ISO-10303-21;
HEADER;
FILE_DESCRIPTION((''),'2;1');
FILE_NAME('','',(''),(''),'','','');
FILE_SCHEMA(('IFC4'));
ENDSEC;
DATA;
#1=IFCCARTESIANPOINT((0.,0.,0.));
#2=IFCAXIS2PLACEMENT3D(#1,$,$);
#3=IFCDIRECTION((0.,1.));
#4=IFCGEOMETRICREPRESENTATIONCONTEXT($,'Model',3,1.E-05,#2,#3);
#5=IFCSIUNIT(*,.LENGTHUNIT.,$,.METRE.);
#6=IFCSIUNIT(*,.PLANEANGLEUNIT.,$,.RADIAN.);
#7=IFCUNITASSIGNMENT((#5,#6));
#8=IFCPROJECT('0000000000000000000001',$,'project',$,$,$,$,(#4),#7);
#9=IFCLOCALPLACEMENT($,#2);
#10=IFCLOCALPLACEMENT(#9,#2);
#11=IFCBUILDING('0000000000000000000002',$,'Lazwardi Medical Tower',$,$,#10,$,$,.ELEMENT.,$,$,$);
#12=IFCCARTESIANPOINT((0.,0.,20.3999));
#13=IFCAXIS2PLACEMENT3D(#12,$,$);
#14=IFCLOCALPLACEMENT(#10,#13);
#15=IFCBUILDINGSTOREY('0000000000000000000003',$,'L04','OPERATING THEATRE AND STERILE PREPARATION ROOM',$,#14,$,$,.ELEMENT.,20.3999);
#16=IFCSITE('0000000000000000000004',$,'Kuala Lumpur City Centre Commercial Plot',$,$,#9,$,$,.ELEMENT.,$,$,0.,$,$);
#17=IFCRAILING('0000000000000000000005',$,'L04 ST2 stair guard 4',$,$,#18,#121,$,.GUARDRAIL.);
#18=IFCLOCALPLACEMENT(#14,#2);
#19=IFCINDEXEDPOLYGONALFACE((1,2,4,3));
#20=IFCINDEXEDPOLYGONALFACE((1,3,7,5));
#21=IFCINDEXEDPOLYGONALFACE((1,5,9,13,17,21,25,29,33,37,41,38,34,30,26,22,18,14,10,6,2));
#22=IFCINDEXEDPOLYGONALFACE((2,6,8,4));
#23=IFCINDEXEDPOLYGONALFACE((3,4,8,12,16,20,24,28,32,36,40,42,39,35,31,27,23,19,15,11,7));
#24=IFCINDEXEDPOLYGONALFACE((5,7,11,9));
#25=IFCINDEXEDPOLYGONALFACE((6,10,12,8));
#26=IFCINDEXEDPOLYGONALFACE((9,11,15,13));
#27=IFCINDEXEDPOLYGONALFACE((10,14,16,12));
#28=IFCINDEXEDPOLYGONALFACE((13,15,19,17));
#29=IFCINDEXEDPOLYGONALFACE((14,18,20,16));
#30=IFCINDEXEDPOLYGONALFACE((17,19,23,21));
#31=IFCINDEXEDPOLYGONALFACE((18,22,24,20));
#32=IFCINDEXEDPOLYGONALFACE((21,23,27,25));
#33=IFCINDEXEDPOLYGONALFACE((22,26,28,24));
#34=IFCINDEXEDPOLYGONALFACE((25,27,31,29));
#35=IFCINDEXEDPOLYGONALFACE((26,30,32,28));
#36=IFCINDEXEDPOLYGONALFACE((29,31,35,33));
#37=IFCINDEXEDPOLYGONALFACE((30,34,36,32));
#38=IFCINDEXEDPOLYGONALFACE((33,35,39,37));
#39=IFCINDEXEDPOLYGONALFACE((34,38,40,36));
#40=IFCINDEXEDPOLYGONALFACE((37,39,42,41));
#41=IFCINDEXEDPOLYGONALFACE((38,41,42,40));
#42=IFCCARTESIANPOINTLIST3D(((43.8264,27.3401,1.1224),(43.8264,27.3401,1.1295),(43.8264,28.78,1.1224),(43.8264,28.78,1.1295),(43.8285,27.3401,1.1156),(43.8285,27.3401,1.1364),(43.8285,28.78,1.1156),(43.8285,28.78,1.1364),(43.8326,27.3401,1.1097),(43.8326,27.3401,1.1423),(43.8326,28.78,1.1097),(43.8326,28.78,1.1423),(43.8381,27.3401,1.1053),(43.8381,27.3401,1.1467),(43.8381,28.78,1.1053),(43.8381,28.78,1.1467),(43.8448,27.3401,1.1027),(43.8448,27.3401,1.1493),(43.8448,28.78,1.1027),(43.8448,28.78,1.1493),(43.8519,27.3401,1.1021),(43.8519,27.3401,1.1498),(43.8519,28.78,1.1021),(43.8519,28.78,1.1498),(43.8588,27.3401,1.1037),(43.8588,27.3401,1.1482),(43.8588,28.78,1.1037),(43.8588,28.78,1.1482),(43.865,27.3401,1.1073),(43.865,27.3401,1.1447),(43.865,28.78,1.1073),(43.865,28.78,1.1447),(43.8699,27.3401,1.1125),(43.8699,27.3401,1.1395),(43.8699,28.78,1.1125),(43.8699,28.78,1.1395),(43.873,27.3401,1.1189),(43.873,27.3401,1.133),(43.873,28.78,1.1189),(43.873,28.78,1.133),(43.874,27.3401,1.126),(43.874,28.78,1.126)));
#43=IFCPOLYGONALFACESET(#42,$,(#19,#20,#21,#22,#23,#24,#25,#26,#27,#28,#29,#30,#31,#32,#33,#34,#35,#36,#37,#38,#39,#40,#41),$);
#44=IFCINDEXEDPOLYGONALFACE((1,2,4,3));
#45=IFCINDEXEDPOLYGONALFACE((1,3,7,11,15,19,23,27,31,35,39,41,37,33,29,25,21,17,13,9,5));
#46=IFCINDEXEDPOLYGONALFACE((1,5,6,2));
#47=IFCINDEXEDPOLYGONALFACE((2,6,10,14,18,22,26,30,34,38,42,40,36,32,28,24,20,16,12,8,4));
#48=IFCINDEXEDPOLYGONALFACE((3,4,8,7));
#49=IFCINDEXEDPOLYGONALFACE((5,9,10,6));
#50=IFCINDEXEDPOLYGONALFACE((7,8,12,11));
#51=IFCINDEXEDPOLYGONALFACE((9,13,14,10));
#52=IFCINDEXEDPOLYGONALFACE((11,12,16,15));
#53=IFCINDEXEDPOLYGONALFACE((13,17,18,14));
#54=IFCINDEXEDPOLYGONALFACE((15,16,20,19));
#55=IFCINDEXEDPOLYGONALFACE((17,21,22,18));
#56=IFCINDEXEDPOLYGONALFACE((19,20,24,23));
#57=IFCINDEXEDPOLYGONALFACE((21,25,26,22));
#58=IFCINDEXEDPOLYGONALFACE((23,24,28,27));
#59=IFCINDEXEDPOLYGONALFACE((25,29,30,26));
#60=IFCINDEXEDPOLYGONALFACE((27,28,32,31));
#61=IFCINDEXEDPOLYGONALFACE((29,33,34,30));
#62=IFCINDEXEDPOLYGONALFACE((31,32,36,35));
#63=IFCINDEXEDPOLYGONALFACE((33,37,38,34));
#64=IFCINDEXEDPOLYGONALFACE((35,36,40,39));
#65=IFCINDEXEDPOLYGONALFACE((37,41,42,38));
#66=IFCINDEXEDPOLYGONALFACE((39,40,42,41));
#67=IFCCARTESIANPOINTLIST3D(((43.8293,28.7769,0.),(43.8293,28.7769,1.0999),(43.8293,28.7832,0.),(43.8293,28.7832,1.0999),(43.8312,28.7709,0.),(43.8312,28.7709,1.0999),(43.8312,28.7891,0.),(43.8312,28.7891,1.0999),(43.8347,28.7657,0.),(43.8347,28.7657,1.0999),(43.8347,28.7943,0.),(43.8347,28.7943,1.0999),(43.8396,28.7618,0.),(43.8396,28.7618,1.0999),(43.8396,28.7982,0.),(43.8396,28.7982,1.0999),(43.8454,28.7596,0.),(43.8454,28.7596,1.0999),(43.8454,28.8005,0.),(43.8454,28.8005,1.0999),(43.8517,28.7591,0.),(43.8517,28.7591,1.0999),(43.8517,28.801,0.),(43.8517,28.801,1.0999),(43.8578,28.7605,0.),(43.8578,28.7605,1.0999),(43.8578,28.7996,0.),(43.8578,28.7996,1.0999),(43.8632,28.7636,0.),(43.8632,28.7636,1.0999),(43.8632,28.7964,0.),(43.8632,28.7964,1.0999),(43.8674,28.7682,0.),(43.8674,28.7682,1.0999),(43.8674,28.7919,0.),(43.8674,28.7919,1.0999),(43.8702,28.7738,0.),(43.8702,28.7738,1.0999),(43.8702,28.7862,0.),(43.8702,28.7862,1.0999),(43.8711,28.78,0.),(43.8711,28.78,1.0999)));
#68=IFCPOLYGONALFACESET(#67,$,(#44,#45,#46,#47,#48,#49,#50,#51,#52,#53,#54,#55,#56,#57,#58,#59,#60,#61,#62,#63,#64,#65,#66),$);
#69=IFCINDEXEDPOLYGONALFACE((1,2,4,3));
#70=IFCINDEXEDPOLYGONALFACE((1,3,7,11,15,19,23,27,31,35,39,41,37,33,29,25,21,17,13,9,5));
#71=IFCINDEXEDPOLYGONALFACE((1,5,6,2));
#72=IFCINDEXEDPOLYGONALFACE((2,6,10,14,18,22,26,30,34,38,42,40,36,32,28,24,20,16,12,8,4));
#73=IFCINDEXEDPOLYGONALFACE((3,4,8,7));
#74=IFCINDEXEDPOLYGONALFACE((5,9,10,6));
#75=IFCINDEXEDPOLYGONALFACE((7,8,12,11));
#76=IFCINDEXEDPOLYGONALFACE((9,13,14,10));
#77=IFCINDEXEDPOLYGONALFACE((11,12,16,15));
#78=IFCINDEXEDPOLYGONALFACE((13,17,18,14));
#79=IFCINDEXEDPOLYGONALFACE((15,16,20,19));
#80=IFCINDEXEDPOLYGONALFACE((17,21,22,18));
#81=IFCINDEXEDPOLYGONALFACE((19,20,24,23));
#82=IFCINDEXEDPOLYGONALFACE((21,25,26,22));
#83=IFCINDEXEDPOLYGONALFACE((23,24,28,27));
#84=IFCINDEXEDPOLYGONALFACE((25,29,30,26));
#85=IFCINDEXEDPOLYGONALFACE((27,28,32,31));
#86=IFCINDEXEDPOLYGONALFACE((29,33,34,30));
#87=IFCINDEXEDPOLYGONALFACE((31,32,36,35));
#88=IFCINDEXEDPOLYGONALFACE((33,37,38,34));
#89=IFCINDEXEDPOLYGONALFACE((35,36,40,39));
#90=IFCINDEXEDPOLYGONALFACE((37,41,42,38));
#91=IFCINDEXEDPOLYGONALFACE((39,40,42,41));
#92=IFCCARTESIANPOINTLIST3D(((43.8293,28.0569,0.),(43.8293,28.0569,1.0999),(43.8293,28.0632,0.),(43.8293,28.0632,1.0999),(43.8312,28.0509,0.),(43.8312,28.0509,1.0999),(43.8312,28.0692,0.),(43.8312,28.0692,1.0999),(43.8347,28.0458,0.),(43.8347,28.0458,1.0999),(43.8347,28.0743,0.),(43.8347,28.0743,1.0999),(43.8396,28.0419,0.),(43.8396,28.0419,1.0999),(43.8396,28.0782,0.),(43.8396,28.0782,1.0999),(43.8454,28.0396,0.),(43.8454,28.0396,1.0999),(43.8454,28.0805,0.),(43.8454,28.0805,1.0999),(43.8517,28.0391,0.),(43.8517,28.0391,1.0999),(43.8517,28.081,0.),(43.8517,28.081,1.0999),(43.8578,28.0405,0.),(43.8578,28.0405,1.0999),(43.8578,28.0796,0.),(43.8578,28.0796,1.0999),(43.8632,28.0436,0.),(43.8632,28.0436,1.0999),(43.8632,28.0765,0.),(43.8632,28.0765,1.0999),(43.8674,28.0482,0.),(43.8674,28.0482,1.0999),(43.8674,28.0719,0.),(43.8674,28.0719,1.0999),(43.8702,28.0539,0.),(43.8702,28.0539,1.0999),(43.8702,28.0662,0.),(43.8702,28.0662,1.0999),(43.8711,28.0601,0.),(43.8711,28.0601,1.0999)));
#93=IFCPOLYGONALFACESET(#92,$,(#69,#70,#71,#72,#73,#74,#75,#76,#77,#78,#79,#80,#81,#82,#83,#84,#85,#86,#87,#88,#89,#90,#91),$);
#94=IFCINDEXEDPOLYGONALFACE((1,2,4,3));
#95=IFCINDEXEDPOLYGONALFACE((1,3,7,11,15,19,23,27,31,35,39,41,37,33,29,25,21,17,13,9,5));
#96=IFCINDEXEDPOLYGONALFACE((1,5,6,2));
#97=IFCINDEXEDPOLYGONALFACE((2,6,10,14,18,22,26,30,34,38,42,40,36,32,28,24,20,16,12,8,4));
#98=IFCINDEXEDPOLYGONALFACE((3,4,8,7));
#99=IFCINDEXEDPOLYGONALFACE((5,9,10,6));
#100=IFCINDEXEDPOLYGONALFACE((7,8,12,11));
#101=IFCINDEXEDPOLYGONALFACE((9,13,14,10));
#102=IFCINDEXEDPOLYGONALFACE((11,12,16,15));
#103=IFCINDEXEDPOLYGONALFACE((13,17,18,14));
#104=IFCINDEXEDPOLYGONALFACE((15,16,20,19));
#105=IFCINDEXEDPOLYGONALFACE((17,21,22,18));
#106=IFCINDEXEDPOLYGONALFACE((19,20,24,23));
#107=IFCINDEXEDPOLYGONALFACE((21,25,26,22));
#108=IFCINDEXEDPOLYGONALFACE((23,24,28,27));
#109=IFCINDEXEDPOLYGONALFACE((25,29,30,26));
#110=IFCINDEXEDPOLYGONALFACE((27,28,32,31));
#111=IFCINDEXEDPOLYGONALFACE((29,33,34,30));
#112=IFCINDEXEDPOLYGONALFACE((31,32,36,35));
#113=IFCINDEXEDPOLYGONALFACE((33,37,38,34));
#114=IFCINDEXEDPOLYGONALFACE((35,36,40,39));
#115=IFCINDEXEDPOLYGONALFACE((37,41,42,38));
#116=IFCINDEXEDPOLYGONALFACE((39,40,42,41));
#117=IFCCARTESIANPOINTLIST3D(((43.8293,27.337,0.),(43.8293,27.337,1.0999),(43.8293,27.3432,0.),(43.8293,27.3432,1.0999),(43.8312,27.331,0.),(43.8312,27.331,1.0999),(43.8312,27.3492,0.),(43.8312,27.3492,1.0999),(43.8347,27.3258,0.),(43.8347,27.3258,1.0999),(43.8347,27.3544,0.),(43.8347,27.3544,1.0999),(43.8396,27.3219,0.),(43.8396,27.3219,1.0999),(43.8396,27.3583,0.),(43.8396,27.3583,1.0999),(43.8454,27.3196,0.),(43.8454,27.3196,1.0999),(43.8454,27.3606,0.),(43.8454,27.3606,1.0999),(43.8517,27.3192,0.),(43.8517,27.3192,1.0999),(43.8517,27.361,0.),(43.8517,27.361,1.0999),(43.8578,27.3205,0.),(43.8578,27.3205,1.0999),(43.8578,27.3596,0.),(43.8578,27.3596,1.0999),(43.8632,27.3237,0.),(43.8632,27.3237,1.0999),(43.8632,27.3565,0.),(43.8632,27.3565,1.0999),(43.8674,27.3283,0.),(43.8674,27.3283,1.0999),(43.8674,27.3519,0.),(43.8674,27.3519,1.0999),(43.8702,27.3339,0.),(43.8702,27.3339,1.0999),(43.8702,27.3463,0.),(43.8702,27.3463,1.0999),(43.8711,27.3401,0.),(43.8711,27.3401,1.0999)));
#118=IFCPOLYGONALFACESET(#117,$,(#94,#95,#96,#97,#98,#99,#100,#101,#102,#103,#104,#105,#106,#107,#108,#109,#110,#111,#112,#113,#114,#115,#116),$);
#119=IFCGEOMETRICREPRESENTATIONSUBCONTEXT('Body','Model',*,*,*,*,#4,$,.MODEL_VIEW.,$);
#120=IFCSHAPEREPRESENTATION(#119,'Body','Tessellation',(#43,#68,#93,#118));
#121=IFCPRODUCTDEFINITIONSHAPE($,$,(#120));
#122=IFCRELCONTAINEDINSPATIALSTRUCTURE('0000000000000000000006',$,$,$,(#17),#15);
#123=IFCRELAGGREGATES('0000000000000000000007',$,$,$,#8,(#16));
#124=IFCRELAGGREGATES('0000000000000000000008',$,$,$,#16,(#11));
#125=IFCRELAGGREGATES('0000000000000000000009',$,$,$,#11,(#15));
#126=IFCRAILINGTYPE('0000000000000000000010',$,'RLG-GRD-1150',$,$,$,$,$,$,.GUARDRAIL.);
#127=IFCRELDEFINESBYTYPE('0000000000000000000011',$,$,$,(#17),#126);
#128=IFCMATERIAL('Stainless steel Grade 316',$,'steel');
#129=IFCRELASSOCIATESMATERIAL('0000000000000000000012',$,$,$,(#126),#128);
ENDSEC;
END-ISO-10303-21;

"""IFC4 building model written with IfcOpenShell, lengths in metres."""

from ifc_helpers import new_model, si_unit, direction, frame, origin, origin_2d, place, context, subcontext, project, spatial, circle, extrude, material, type_object, element, save


model = new_model("IFC4")

# Units and contexts
model_context = context("Model", 3, precision=1e-05, world=origin(), true_north=direction((0.0, 1.0)))
body_context = subcontext(model_context, "Body", "Model", "MODEL_VIEW")
ifc_project = project(units=[si_unit("LENGTHUNIT", "METRE"), si_unit("PLANEANGLEUNIT", "RADIAN")], contexts=[model_context])

# Site, building, storey
site_placement = place(None, origin())
site = spatial("IfcSite", under=ifc_project, at=site_placement, Name="Kuala Lumpur City Centre Commercial Plot", CompositionType="ELEMENT", RefElevation=0.0)
building_placement = place(site_placement, origin())
building = spatial("IfcBuilding", under=site, at=building_placement, Name="Lazwardi Medical Tower", CompositionType="ELEMENT")
storey_placement = place(building_placement, frame((0.0, 0.0, 20.3999)))
storey = spatial("IfcBuildingStorey", under=building, at=storey_placement, Name="L04", Description="OPERATING THEATRE AND STERILE PREPARATION ROOM", CompositionType="ELEMENT", Elevation=20.3999)

# Railing
ifc_material_1 = material(Name="Stainless steel Grade 316", Category="steel")
railing_type_1 = type_object("IfcRailingType", Name="RLG-GRD-1150", PredefinedType="GUARDRAIL", material=ifc_material_1)
railing_1_placement = place(storey_placement, frame((43.8501, 28.78, 0.0)))
element("IfcRailing", 1, at=railing_1_placement, inside=storey, type_object=railing_type_1, Name="L04 ST2 stair guard 4", PredefinedType="GUARDRAIL", context=body_context, shape_type="SweptSolid", body=[
    extrude(circle(Radius=0.0239, at=origin_2d()), frame((0.0, 0.0, 1.126), z_axis=(0.0, -1.0, 0.0), x_axis=(1.0, 0.0, 0.0)), (0.0, 0.0, 1.0), 1.4399),
    extrude(circle(Radius=0.021, at=origin_2d()), origin(), (0.0, 0.0, 1.0), 1.0999),
    extrude(circle(Radius=0.021, at=origin_2d()), frame((0.0, -0.72, 0.0)), (0.0, 0.0, 1.0), 1.0999),
    extrude(circle(Radius=0.021, at=origin_2d()), frame((0.0, -1.4399, 0.0)), (0.0, 0.0, 1.0), 1.0999),
])

save(model, "model.ifc")
